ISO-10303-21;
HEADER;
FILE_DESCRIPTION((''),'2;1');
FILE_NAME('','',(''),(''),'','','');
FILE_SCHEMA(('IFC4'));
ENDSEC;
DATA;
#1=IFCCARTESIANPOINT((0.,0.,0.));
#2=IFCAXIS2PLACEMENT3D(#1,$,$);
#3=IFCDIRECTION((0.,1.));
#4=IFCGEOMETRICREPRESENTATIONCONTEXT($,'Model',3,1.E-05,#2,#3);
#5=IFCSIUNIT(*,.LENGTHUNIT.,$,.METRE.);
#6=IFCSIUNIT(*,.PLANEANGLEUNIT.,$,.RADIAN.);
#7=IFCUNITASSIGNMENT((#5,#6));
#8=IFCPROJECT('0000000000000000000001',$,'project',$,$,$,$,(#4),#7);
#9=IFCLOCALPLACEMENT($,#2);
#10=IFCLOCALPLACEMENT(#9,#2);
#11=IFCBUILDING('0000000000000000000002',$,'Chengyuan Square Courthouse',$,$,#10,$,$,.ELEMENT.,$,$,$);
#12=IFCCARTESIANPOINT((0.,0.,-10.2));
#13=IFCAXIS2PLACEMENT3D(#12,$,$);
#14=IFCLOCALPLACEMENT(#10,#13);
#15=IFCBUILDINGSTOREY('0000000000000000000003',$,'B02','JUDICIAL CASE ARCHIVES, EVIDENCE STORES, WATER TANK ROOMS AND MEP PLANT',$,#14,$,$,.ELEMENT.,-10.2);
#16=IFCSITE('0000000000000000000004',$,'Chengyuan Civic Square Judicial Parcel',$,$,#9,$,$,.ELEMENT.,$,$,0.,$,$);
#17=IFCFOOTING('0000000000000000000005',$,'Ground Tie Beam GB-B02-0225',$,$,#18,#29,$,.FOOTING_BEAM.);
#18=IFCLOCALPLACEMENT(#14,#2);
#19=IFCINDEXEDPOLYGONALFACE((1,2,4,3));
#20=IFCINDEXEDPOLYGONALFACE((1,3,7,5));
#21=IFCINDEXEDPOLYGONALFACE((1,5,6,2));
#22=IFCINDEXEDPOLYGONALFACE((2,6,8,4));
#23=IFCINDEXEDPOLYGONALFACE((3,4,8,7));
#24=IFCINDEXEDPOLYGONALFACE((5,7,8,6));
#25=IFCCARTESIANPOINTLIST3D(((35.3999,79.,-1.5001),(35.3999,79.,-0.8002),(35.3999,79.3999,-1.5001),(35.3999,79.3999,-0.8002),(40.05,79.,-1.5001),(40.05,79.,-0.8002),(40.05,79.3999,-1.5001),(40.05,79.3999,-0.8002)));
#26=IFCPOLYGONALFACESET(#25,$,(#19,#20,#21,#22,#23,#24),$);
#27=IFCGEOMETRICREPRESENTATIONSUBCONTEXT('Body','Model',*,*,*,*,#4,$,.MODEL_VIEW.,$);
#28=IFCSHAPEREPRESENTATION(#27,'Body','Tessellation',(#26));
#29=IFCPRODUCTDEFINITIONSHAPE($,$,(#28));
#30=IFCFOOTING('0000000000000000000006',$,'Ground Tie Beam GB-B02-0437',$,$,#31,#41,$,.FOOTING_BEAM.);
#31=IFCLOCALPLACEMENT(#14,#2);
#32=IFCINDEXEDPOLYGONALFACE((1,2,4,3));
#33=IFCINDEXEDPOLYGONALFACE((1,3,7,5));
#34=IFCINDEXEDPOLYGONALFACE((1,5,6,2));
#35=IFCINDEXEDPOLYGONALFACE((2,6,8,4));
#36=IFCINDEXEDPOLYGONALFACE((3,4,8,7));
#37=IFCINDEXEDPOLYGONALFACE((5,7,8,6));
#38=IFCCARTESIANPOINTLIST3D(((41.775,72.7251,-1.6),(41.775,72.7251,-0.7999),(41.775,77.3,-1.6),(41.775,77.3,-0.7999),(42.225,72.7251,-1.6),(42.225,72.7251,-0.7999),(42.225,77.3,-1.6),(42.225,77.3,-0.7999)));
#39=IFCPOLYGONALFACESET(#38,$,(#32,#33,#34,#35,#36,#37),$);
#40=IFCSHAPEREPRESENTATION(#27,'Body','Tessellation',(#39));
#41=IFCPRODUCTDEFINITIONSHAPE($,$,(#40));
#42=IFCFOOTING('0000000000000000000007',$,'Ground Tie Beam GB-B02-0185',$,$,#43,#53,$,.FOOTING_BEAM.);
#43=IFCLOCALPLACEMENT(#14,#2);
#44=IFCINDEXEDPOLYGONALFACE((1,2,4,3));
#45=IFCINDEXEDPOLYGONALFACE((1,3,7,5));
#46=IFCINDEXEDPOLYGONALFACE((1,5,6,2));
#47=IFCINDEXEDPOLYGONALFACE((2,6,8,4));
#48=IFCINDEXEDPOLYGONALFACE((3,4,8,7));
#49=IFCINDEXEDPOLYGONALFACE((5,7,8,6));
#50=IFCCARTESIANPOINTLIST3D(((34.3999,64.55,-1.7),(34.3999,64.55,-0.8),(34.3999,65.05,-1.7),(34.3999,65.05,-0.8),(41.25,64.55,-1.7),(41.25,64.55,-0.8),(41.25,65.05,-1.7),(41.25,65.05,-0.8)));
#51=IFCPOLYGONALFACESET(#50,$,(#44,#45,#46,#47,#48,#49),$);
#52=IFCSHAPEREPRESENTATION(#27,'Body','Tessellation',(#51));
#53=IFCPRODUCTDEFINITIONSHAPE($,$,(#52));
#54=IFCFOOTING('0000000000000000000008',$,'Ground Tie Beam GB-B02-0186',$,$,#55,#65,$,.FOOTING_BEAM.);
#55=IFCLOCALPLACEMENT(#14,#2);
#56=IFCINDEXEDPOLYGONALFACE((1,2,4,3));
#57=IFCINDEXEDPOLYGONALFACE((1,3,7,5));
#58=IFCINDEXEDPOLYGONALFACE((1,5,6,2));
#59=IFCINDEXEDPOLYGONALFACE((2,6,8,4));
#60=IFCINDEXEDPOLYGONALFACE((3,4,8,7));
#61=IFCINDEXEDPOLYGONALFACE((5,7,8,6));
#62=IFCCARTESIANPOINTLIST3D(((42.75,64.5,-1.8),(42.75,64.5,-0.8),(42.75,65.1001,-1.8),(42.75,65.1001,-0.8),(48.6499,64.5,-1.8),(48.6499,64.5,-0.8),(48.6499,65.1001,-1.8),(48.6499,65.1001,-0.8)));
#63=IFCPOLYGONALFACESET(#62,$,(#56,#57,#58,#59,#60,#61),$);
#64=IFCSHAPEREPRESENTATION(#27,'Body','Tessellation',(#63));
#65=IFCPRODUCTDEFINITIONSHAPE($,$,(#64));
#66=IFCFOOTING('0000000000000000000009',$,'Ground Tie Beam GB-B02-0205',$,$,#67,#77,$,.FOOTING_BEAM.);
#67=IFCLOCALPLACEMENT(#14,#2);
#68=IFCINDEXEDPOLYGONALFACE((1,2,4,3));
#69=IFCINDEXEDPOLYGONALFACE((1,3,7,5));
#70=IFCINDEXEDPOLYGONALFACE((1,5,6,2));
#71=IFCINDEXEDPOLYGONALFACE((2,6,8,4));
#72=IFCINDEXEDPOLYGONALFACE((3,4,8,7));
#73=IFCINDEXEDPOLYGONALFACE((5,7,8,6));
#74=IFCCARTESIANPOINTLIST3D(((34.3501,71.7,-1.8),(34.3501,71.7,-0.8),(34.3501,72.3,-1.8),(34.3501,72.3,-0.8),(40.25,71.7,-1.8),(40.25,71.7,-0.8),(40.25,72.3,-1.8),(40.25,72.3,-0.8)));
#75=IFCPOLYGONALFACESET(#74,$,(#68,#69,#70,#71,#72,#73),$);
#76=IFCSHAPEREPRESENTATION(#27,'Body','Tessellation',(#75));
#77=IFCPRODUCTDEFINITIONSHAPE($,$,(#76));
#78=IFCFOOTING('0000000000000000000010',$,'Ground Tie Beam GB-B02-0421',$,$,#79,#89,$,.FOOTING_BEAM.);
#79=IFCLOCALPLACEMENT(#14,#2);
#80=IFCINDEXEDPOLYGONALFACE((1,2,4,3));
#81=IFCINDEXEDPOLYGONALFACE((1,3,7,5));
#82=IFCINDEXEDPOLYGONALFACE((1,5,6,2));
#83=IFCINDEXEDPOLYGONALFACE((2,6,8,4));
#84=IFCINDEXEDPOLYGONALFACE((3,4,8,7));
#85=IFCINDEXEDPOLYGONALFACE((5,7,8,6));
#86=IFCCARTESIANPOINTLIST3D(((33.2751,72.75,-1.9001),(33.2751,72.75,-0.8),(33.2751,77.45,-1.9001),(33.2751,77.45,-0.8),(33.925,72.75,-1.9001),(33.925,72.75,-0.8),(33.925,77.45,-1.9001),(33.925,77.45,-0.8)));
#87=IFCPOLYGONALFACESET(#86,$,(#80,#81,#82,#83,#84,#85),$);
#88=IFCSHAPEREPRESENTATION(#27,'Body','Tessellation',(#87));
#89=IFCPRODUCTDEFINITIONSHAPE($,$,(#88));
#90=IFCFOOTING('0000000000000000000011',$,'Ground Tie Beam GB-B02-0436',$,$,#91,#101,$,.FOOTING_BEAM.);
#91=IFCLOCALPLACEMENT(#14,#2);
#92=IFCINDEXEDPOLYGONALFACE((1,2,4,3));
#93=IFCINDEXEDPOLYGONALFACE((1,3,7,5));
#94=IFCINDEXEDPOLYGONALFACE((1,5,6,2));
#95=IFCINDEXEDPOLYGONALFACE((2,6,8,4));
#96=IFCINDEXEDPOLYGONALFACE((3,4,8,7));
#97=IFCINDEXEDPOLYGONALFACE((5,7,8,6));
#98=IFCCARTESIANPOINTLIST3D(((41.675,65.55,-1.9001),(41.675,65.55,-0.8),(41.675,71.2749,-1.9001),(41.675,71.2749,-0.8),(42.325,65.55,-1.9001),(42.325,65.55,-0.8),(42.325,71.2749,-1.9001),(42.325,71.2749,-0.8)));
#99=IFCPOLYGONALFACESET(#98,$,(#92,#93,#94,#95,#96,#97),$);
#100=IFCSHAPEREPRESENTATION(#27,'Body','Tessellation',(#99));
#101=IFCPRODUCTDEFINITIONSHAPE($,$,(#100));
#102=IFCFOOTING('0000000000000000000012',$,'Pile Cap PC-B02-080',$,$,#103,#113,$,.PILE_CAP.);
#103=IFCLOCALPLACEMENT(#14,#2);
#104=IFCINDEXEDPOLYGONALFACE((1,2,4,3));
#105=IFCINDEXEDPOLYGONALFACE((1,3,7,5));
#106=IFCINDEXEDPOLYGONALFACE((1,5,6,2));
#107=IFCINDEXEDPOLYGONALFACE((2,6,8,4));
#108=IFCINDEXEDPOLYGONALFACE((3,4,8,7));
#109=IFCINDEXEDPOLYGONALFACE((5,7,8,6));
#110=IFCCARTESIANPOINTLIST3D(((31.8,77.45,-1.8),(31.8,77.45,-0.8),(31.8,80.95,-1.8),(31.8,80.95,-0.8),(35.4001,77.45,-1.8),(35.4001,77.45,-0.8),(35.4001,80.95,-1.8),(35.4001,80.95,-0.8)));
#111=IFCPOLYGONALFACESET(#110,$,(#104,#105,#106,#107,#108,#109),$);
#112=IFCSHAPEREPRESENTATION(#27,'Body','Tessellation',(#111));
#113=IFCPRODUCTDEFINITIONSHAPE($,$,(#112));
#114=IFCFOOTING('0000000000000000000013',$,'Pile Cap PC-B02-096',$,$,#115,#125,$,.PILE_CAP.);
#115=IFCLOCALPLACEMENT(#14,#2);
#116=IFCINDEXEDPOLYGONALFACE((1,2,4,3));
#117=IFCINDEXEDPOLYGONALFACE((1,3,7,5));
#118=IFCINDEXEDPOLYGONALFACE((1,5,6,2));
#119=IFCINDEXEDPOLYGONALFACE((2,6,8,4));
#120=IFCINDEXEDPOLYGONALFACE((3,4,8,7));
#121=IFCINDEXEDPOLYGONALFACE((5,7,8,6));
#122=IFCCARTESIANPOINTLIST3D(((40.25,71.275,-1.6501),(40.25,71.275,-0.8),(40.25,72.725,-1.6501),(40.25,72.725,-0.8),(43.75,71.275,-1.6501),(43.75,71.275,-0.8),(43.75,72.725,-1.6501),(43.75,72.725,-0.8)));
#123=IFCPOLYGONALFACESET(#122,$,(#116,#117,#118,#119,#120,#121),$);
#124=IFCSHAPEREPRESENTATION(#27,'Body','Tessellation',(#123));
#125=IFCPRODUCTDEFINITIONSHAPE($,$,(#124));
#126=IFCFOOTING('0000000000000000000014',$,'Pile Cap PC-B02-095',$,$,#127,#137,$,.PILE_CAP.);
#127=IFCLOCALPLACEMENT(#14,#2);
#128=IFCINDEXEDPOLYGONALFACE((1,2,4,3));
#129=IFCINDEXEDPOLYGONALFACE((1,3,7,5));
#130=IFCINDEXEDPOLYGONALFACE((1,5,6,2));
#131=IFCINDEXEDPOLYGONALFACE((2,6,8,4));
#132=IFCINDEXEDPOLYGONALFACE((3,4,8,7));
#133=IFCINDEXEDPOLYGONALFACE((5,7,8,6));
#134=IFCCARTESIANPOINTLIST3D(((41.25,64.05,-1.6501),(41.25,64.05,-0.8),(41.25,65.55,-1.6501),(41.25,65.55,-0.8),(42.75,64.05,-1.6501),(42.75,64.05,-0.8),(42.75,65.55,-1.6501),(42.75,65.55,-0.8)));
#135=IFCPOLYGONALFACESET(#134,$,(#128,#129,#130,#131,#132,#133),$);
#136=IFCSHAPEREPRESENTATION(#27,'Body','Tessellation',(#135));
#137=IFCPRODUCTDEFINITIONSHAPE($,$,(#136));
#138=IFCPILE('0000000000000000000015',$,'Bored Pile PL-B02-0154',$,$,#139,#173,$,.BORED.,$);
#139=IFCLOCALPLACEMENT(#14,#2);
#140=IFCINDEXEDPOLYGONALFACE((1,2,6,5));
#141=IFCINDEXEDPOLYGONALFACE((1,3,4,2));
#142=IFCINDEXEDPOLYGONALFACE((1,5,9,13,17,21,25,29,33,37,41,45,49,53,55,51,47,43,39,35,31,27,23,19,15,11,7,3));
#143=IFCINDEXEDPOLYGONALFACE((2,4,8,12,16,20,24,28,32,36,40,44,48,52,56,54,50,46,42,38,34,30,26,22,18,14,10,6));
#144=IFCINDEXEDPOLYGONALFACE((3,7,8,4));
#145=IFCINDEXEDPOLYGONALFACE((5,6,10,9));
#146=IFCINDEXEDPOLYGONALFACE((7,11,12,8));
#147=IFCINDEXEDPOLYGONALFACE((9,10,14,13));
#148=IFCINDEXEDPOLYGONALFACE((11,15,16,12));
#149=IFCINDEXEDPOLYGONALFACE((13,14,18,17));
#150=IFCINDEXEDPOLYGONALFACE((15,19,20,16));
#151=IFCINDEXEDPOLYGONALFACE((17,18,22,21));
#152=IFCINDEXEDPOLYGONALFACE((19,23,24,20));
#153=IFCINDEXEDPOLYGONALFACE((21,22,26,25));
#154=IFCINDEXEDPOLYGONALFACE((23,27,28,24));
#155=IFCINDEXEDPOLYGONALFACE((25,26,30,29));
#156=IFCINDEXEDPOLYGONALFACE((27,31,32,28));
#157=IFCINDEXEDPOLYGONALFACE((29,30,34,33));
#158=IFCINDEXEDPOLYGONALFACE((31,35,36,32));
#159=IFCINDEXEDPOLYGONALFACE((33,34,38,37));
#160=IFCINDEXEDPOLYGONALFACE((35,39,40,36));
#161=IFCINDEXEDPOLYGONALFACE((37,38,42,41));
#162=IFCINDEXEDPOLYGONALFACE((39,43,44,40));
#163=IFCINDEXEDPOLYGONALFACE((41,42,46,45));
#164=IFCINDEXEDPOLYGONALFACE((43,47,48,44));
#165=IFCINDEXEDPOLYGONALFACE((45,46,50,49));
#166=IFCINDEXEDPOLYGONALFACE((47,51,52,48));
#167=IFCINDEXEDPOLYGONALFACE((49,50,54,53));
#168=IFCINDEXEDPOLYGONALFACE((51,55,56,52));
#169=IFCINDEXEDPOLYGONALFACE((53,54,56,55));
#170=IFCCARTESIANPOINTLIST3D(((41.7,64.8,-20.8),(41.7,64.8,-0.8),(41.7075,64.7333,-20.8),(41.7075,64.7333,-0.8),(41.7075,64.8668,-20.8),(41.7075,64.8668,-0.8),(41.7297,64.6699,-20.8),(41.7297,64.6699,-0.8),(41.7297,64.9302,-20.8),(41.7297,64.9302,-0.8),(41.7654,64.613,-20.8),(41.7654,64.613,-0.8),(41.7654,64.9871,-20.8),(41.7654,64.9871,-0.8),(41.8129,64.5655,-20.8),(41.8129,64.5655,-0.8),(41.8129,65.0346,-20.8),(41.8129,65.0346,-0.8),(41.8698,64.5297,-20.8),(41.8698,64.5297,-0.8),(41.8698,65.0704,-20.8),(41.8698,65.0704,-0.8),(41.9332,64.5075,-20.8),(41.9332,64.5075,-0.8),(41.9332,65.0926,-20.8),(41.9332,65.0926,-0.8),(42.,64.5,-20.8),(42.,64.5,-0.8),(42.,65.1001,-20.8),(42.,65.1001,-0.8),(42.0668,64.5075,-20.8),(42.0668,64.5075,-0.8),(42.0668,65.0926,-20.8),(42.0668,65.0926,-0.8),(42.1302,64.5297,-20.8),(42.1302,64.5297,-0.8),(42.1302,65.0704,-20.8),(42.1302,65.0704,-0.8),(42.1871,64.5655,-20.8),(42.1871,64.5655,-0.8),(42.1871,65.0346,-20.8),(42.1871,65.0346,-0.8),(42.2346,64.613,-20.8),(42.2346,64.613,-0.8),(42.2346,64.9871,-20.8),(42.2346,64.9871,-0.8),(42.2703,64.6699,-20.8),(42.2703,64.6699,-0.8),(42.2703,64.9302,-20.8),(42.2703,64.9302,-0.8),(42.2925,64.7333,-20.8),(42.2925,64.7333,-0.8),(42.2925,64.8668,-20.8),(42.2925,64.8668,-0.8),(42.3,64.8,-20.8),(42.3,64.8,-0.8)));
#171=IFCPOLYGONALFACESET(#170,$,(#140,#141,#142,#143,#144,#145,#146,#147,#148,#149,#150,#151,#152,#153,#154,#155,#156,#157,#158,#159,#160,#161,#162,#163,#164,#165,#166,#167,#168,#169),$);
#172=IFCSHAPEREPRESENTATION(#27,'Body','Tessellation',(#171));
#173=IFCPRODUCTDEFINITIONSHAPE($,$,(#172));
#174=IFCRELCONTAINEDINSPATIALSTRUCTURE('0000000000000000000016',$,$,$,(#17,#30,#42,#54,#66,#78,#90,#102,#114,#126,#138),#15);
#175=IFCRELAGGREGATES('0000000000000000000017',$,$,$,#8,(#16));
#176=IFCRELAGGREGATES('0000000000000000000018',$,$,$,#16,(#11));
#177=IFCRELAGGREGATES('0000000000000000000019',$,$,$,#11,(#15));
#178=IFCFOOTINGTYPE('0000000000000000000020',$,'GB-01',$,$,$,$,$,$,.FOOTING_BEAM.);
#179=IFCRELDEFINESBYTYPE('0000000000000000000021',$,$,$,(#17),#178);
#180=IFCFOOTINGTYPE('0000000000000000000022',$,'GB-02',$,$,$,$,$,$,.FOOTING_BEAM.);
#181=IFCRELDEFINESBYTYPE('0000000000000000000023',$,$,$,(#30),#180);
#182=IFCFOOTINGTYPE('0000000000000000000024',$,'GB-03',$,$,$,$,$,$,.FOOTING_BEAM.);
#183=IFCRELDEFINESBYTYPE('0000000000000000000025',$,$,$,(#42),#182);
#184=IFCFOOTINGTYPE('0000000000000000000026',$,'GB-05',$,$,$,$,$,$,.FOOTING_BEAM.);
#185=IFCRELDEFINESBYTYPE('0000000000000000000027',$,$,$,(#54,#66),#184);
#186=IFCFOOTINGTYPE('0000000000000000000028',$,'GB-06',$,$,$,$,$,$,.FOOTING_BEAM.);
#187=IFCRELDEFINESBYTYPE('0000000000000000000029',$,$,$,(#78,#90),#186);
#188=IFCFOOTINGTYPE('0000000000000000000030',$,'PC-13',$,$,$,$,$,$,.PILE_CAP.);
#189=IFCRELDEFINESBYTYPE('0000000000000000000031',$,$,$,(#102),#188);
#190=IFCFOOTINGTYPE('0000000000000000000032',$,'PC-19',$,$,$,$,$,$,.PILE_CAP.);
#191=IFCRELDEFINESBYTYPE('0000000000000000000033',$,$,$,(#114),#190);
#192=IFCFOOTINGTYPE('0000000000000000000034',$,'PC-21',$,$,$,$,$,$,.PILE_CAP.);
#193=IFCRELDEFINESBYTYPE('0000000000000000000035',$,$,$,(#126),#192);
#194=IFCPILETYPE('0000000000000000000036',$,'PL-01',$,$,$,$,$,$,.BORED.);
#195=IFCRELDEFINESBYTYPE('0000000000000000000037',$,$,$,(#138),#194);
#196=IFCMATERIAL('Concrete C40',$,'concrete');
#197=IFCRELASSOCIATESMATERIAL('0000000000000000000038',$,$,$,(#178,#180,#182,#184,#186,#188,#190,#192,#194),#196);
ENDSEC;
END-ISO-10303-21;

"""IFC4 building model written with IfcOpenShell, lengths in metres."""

from ifc_helpers import new_model, si_unit, direction, frame, origin, origin_2d, place, context, subcontext, project, spatial, rectangle, circle, extrude, material, material_profile, profile_set, type_object, element, save


model = new_model("IFC4")

# Units and contexts
model_context = context("Model", 3, precision=1e-05, world=origin(), true_north=direction((0.0, 1.0)))
body_context = subcontext(model_context, "Body", "Model", "MODEL_VIEW")
ifc_project = project(units=[si_unit("LENGTHUNIT", "METRE"), si_unit("PLANEANGLEUNIT", "RADIAN")], contexts=[model_context])

# Site, building, storey
site_placement = place(None, origin())
site = spatial("IfcSite", under=ifc_project, at=site_placement, Name="Chengyuan Civic Square Judicial Parcel", CompositionType="ELEMENT", RefElevation=0.0)
building_placement = place(site_placement, origin())
building = spatial("IfcBuilding", under=site, at=building_placement, Name="Chengyuan Square Courthouse", CompositionType="ELEMENT")
storey_placement = place(building_placement, frame((0.0, 0.0, -10.2)))
storey = spatial("IfcBuildingStorey", under=building, at=storey_placement, Name="B02", Description="JUDICIAL CASE ARCHIVES, EVIDENCE STORES, WATER TANK ROOMS AND MEP PLANT", CompositionType="ELEMENT", Elevation=-10.2)

# Footings
ifc_material_1 = material(Name="Concrete C40", Category="concrete")
ifc_material_profile_1 = material_profile(ifc_material_1, rectangle(XDim=0.3999, YDim=0.7, at=origin_2d()), Name="GB-400x700")
ifc_profile_set_1 = profile_set([ifc_material_profile_1], Name="Concrete C40")
footing_type_1 = type_object("IfcFootingType", Name="GB-01", PredefinedType="FOOTING_BEAM", material=ifc_profile_set_1)
footing_1_placement = place(storey_placement, frame((35.3999, 79.2, -1.1501), z_axis=(1.0, 0.0, 0.0), x_axis=(0.0, 1.0, 0.0)))
element("IfcFooting", 1, at=footing_1_placement, inside=storey, type_object=footing_type_1, Name="Ground Tie Beam GB-B02-0225", PredefinedType="FOOTING_BEAM", context=body_context, shape_type="SweptSolid", body=[
    extrude(rectangle(XDim=0.3999, YDim=0.7, at=origin_2d()), origin(), (0.0, 0.0, 1.0), 4.6501),
])
ifc_material_profile_2 = material_profile(ifc_material_1, rectangle(XDim=0.45, YDim=0.8, at=origin_2d()), Name="GB-450x800")
ifc_profile_set_2 = profile_set([ifc_material_profile_2], Name="Concrete C40")
footing_type_2 = type_object("IfcFootingType", Name="GB-02", PredefinedType="FOOTING_BEAM", material=ifc_profile_set_2)
footing_2_placement = place(storey_placement, frame((42.0, 72.7251, -1.2), z_axis=(0.0, 1.0, 0.0), x_axis=(-1.0, 0.0, 0.0)))
element("IfcFooting", 2, at=footing_2_placement, inside=storey, type_object=footing_type_2, Name="Ground Tie Beam GB-B02-0437", PredefinedType="FOOTING_BEAM", context=body_context, shape_type="SweptSolid", body=[
    extrude(rectangle(XDim=0.45, YDim=0.8, at=origin_2d()), origin(), (0.0, 0.0, 1.0), 4.575),
])
ifc_material_profile_3 = material_profile(ifc_material_1, rectangle(XDim=0.5, YDim=0.8999, at=origin_2d()), Name="GB-500x900")
ifc_profile_set_3 = profile_set([ifc_material_profile_3], Name="Concrete C40")
footing_type_3 = type_object("IfcFootingType", Name="GB-03", PredefinedType="FOOTING_BEAM", material=ifc_profile_set_3)
footing_3_placement = place(storey_placement, frame((34.3999, 64.8, -1.25), z_axis=(1.0, 0.0, 0.0), x_axis=(0.0, 1.0, 0.0)))
element("IfcFooting", 3, at=footing_3_placement, inside=storey, type_object=footing_type_3, Name="Ground Tie Beam GB-B02-0185", PredefinedType="FOOTING_BEAM", context=body_context, shape_type="SweptSolid", body=[
    extrude(rectangle(XDim=0.5, YDim=0.8999, at=origin_2d()), origin(), (0.0, 0.0, 1.0), 6.8501),
])
ifc_material_profile_4 = material_profile(ifc_material_1, rectangle(XDim=0.6001, YDim=1.0, at=origin_2d()), Name="GB-600x1000")
ifc_profile_set_4 = profile_set([ifc_material_profile_4], Name="Concrete C40")
footing_type_4 = type_object("IfcFootingType", Name="GB-05", PredefinedType="FOOTING_BEAM", material=ifc_profile_set_4)
for number, where, z_axis, x_axis, name in (
    (4, (42.75, 64.8, -1.3), (1.0, 0.0, 0.0), (0.0, 1.0, 0.0), "Ground Tie Beam GB-B02-0186"),
    (5, (34.3501, 72.0, -1.3), (1.0, 0.0, 0.0), (0.0, 1.0, 0.0), "Ground Tie Beam GB-B02-0205"),
):
    element("IfcFooting", number, at=place(storey_placement, frame(where, z_axis=z_axis, x_axis=x_axis)), inside=storey, type_object=footing_type_4, Name=name, PredefinedType="FOOTING_BEAM", context=body_context, shape_type="SweptSolid", body=[
        extrude(rectangle(XDim=0.6001, YDim=1.0, at=origin_2d()), origin(), (0.0, 0.0, 1.0), 5.8999),
    ])
ifc_material_profile_5 = material_profile(ifc_material_1, rectangle(XDim=0.6499, YDim=1.1001, at=origin_2d()), Name="GB-650x1100")
ifc_profile_set_5 = profile_set([ifc_material_profile_5], Name="Concrete C40")
footing_type_5 = type_object("IfcFootingType", Name="GB-06", PredefinedType="FOOTING_BEAM", material=ifc_profile_set_5)
footing_4_placement = place(storey_placement, frame((33.6001, 72.75, -1.3501), z_axis=(0.0, 1.0, 0.0), x_axis=(-1.0, 0.0, 0.0)))
element("IfcFooting", 6, at=footing_4_placement, inside=storey, type_object=footing_type_5, Name="Ground Tie Beam GB-B02-0421", PredefinedType="FOOTING_BEAM", context=body_context, shape_type="SweptSolid", body=[
    extrude(rectangle(XDim=0.6499, YDim=1.1001, at=origin_2d()), origin(), (0.0, 0.0, 1.0), 4.7),
])
footing_5_placement = place(storey_placement, frame((42.0, 65.55, -1.3501), z_axis=(0.0, 1.0, 0.0), x_axis=(-1.0, 0.0, 0.0)))
element("IfcFooting", 7, at=footing_5_placement, inside=storey, type_object=footing_type_5, Name="Ground Tie Beam GB-B02-0436", PredefinedType="FOOTING_BEAM", context=body_context, shape_type="SweptSolid", body=[
    extrude(rectangle(XDim=0.6499, YDim=1.1001, at=origin_2d()), origin(), (0.0, 0.0, 1.0), 5.7249),
])
footing_type_6 = type_object("IfcFootingType", Name="PC-13", PredefinedType="PILE_CAP", material=ifc_material_1)
footing_6_placement = place(storey_placement, frame((33.6001, 79.2, -1.8), z_axis=(0.0, 0.0, 1.0), x_axis=(1.0, 0.0, 0.0)))
element("IfcFooting", 8, at=footing_6_placement, inside=storey, type_object=footing_type_6, Name="Pile Cap PC-B02-080", PredefinedType="PILE_CAP", context=body_context, shape_type="SweptSolid", body=[
    extrude(rectangle(XDim=3.6001, YDim=3.5, at=origin_2d()), origin(), (0.0, 0.0, 1.0), 1.0),
])
footing_type_7 = type_object("IfcFootingType", Name="PC-19", PredefinedType="PILE_CAP", material=ifc_material_1)
footing_7_placement = place(storey_placement, frame((42.0, 72.0, -1.6501), z_axis=(0.0, 0.0, 1.0), x_axis=(1.0, 0.0, 0.0)))
element("IfcFooting", 9, at=footing_7_placement, inside=storey, type_object=footing_type_7, Name="Pile Cap PC-B02-096", PredefinedType="PILE_CAP", context=body_context, shape_type="SweptSolid", body=[
    extrude(rectangle(XDim=3.5, YDim=1.45, at=origin_2d()), origin(), (0.0, 0.0, 1.0), 0.8501),
])
footing_type_8 = type_object("IfcFootingType", Name="PC-21", PredefinedType="PILE_CAP", material=ifc_material_1)
footing_8_placement = place(storey_placement, frame((42.0, 64.8, -1.6501), z_axis=(0.0, 0.0, 1.0), x_axis=(1.0, 0.0, 0.0)))
element("IfcFooting", 10, at=footing_8_placement, inside=storey, type_object=footing_type_8, Name="Pile Cap PC-B02-095", PredefinedType="PILE_CAP", context=body_context, shape_type="SweptSolid", body=[
    extrude(rectangle(XDim=1.5, YDim=1.5, at=origin_2d()), origin(), (0.0, 0.0, 1.0), 0.8501),
])

# Pile
ifc_material_profile_6 = material_profile(ifc_material_1, circle(Radius=0.3, at=origin_2d()), Name="BORED PILE D600")
ifc_profile_set_6 = profile_set([ifc_material_profile_6], Name="Concrete C40")
pile_type_1 = type_object("IfcPileType", Name="PL-01", PredefinedType="BORED", material=ifc_profile_set_6)
pile_placement = place(storey_placement, frame((42.0, 64.8, -0.8), z_axis=(0.0, 0.0, -1.0), x_axis=(1.0, 0.0, 0.0)))
element("IfcPile", 11, at=pile_placement, inside=storey, type_object=pile_type_1, Name="Bored Pile PL-B02-0154", PredefinedType="BORED", context=body_context, shape_type="SweptSolid", body=[
    extrude(circle(Radius=0.3, at=origin_2d()), origin(), (0.0, 0.0, 1.0), 20.0),
])

save(model, "model.ifc")
